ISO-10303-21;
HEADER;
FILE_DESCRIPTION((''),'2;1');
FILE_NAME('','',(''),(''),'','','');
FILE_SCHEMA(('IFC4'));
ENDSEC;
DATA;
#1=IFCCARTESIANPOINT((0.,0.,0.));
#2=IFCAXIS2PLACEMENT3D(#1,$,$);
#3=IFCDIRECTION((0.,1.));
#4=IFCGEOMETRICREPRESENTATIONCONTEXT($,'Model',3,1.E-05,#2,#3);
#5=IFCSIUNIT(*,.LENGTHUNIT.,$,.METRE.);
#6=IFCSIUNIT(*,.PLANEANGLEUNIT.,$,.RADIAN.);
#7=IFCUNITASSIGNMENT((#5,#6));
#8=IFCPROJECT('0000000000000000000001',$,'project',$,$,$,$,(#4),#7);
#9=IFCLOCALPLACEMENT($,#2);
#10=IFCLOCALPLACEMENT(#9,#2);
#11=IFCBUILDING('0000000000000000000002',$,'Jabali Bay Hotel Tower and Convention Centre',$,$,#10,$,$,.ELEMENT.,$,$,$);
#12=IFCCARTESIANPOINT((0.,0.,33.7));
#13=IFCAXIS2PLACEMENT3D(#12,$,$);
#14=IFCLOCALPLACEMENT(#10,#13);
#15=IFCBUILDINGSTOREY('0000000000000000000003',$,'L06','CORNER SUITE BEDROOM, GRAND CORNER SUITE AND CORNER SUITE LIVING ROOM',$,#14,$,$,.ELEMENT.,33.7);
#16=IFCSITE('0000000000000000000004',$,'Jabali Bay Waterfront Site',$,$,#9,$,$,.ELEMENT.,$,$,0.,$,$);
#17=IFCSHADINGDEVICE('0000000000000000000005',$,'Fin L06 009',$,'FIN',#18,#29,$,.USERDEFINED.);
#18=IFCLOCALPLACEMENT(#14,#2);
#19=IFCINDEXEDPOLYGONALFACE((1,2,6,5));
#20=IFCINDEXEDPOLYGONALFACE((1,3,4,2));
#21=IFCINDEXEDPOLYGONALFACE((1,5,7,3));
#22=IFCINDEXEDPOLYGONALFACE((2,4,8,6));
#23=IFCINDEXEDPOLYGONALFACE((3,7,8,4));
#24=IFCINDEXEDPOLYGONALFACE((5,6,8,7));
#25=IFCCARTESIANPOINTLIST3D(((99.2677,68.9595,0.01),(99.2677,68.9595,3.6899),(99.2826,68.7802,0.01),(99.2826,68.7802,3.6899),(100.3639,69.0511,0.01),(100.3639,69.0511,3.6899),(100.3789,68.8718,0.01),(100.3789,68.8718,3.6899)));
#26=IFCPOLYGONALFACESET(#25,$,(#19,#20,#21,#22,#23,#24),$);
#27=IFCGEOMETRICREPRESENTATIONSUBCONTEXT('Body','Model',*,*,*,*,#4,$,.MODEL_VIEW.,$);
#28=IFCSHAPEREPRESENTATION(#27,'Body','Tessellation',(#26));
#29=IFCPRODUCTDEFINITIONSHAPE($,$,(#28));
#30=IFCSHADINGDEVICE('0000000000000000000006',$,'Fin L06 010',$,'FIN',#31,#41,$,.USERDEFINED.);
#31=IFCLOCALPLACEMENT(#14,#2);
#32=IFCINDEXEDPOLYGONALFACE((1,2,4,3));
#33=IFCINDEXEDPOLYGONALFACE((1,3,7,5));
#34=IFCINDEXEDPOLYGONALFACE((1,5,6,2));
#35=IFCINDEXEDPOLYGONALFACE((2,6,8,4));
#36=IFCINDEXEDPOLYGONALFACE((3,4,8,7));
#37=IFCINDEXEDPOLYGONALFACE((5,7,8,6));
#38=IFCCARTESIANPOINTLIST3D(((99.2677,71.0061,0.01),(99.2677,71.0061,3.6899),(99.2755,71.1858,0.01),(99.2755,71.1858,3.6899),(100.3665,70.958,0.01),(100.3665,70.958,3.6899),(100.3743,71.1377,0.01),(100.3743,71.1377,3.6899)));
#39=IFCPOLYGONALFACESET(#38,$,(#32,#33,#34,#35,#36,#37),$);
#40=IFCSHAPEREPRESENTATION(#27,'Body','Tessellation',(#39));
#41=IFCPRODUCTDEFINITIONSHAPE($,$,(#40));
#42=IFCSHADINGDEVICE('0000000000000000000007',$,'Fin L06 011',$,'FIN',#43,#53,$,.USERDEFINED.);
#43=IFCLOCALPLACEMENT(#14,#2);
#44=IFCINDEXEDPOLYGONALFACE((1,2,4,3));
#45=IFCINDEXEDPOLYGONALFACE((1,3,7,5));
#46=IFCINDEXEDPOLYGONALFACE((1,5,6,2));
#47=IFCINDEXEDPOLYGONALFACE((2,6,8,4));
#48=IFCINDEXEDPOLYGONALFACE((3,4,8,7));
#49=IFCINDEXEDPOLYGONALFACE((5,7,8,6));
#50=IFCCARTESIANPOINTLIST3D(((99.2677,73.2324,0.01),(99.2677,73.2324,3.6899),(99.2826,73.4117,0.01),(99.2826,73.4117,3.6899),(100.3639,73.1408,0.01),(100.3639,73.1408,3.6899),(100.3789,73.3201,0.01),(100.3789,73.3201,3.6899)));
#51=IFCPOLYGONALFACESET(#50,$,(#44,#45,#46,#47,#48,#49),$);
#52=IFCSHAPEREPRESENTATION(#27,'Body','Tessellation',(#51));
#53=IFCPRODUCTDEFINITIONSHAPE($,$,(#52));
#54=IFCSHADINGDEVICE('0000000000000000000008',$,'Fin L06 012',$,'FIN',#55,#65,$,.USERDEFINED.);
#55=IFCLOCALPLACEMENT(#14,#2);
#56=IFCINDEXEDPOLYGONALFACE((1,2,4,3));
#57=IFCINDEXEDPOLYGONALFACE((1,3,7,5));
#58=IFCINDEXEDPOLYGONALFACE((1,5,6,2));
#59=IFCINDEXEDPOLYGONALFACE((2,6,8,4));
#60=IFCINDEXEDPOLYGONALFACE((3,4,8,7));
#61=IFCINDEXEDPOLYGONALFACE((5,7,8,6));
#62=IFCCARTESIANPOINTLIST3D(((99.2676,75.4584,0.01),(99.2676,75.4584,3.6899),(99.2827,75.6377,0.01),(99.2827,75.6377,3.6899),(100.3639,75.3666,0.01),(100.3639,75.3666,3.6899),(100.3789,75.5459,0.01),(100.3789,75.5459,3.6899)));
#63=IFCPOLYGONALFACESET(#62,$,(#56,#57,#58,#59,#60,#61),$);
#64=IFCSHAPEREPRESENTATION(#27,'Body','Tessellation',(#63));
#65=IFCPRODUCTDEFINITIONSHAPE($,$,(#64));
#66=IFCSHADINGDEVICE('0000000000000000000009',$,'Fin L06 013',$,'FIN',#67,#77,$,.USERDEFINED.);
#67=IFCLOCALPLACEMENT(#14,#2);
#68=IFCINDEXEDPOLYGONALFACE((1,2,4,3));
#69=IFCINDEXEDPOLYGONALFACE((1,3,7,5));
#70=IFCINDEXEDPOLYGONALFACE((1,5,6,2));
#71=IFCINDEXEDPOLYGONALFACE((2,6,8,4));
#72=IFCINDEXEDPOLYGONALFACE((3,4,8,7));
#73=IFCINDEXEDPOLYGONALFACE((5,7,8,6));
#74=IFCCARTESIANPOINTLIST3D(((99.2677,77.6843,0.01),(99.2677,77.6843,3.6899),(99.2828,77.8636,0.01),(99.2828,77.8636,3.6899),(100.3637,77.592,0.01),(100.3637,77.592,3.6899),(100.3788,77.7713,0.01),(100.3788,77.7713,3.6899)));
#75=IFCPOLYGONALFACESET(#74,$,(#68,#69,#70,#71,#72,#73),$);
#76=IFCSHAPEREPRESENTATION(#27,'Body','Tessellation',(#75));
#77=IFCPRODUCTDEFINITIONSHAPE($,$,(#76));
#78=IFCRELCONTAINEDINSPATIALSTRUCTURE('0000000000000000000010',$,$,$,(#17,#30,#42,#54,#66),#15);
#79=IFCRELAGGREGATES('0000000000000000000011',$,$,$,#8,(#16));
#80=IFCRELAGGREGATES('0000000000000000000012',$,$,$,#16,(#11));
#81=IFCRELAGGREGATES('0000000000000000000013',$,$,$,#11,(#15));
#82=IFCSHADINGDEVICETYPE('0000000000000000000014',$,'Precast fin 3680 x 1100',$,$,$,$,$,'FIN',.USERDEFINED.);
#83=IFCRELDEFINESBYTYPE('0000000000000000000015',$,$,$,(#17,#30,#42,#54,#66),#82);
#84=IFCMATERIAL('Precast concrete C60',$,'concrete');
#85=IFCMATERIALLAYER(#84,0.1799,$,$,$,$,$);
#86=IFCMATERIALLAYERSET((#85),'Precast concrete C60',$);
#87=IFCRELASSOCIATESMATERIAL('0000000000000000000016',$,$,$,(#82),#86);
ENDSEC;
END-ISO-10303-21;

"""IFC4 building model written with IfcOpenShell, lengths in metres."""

from ifc_helpers import new_model, si_unit, direction, frame, frame_2d, origin, place, context, subcontext, project, spatial, rectangle, extrude, material, layer, layer_set, type_object, element, save


model = new_model("IFC4")

# Units and contexts
model_context = context("Model", 3, precision=1e-05, world=origin(), true_north=direction((0.0, 1.0)))
body_context = subcontext(model_context, "Body", "Model", "MODEL_VIEW")
ifc_project = project(units=[si_unit("LENGTHUNIT", "METRE"), si_unit("PLANEANGLEUNIT", "RADIAN")], contexts=[model_context])

# Site, building, storey
site_placement = place(None, origin())
site = spatial("IfcSite", under=ifc_project, at=site_placement, Name="Jabali Bay Waterfront Site", CompositionType="ELEMENT", RefElevation=0.0)
building_placement = place(site_placement, origin())
building = spatial("IfcBuilding", under=site, at=building_placement, Name="Jabali Bay Hotel Tower and Convention Centre", CompositionType="ELEMENT")
storey_placement = place(building_placement, frame((0.0, 0.0, 33.7)))
storey = spatial("IfcBuildingStorey", under=building, at=storey_placement, Name="L06", Description="CORNER SUITE BEDROOM, GRAND CORNER SUITE AND CORNER SUITE LIVING ROOM", CompositionType="ELEMENT", Elevation=33.7)

# Shading devices
ifc_material_1 = material(Name="Precast concrete C60", Category="concrete")
ifc_layer_1 = layer(ifc_material_1, 0.1799)
ifc_layer_set_1 = layer_set([ifc_layer_1], Name="Precast concrete C60")
shading_device_type = type_object("IfcShadingDeviceType", Name="Precast fin 3680 x 1100", ElementType="FIN", PredefinedType="USERDEFINED", material=ifc_layer_set_1)
shading_device_1_placement = place(storey_placement, frame((99.2751, 68.8699, 0.01), z_axis=(0.0, 0.0, 1.0), x_axis=(0.99653, 0.083229, 0.0)))
element("IfcShadingDevice", 1, at=shading_device_1_placement, inside=storey, type_object=shading_device_type, Name="Fin L06 009", ObjectType="FIN", PredefinedType="USERDEFINED", context=body_context, shape_type="SweptSolid", body=[
    extrude(rectangle(XDim=1.1001, YDim=0.1799, at=frame_2d((0.55, 0.0))), origin(), (0.0, 0.0, 1.0), 3.6799),
])
shading_device_2_placement = place(storey_placement, frame((99.2717, 71.0959, 0.01), z_axis=(0.0, 0.0, 1.0), x_axis=(0.999044, -0.043726, 0.0)))
element("IfcShadingDevice", 2, at=shading_device_2_placement, inside=storey, type_object=shading_device_type, Name="Fin L06 010", ObjectType="FIN", PredefinedType="USERDEFINED", context=body_context, shape_type="SweptSolid", body=[
    extrude(rectangle(XDim=1.0999, YDim=0.1799, at=frame_2d((0.5498, 0.0))), origin(), (0.0, 0.0, 1.0), 3.6799),
])
for number, where, z_axis, x_axis, name in (
    (3, (99.2751, 73.322, 0.01), (0.0, 0.0, 1.0), (0.99653, -0.083229, 0.0), "Fin L06 011"),
    (4, (99.2751, 75.5481, 0.01), (0.0, 0.0, 1.0), (0.996512, -0.08345, 0.0), "Fin L06 012"),
):
    element("IfcShadingDevice", number, at=place(storey_placement, frame(where, z_axis=z_axis, x_axis=x_axis)), inside=storey, type_object=shading_device_type, Name=name, ObjectType="FIN", PredefinedType="USERDEFINED", context=body_context, shape_type="SweptSolid", body=[
        extrude(rectangle(XDim=1.1001, YDim=0.1799, at=frame_2d((0.55, 0.0))), origin(), (0.0, 0.0, 1.0), 3.6799),
    ])
shading_device_3_placement = place(storey_placement, frame((99.2754, 77.7739, 0.01), z_axis=(0.0, 0.0, 1.0), x_axis=(0.996473, -0.083909, 0.0)))
element("IfcShadingDevice", 5, at=shading_device_3_placement, inside=storey, type_object=shading_device_type, Name="Fin L06 013", ObjectType="FIN", PredefinedType="USERDEFINED", context=body_context, shape_type="SweptSolid", body=[
    extrude(rectangle(XDim=1.0999, YDim=0.1799, at=frame_2d((0.5498, 0.0))), origin(), (0.0, 0.0, 1.0), 3.6799),
])

save(model, "model.ifc")
